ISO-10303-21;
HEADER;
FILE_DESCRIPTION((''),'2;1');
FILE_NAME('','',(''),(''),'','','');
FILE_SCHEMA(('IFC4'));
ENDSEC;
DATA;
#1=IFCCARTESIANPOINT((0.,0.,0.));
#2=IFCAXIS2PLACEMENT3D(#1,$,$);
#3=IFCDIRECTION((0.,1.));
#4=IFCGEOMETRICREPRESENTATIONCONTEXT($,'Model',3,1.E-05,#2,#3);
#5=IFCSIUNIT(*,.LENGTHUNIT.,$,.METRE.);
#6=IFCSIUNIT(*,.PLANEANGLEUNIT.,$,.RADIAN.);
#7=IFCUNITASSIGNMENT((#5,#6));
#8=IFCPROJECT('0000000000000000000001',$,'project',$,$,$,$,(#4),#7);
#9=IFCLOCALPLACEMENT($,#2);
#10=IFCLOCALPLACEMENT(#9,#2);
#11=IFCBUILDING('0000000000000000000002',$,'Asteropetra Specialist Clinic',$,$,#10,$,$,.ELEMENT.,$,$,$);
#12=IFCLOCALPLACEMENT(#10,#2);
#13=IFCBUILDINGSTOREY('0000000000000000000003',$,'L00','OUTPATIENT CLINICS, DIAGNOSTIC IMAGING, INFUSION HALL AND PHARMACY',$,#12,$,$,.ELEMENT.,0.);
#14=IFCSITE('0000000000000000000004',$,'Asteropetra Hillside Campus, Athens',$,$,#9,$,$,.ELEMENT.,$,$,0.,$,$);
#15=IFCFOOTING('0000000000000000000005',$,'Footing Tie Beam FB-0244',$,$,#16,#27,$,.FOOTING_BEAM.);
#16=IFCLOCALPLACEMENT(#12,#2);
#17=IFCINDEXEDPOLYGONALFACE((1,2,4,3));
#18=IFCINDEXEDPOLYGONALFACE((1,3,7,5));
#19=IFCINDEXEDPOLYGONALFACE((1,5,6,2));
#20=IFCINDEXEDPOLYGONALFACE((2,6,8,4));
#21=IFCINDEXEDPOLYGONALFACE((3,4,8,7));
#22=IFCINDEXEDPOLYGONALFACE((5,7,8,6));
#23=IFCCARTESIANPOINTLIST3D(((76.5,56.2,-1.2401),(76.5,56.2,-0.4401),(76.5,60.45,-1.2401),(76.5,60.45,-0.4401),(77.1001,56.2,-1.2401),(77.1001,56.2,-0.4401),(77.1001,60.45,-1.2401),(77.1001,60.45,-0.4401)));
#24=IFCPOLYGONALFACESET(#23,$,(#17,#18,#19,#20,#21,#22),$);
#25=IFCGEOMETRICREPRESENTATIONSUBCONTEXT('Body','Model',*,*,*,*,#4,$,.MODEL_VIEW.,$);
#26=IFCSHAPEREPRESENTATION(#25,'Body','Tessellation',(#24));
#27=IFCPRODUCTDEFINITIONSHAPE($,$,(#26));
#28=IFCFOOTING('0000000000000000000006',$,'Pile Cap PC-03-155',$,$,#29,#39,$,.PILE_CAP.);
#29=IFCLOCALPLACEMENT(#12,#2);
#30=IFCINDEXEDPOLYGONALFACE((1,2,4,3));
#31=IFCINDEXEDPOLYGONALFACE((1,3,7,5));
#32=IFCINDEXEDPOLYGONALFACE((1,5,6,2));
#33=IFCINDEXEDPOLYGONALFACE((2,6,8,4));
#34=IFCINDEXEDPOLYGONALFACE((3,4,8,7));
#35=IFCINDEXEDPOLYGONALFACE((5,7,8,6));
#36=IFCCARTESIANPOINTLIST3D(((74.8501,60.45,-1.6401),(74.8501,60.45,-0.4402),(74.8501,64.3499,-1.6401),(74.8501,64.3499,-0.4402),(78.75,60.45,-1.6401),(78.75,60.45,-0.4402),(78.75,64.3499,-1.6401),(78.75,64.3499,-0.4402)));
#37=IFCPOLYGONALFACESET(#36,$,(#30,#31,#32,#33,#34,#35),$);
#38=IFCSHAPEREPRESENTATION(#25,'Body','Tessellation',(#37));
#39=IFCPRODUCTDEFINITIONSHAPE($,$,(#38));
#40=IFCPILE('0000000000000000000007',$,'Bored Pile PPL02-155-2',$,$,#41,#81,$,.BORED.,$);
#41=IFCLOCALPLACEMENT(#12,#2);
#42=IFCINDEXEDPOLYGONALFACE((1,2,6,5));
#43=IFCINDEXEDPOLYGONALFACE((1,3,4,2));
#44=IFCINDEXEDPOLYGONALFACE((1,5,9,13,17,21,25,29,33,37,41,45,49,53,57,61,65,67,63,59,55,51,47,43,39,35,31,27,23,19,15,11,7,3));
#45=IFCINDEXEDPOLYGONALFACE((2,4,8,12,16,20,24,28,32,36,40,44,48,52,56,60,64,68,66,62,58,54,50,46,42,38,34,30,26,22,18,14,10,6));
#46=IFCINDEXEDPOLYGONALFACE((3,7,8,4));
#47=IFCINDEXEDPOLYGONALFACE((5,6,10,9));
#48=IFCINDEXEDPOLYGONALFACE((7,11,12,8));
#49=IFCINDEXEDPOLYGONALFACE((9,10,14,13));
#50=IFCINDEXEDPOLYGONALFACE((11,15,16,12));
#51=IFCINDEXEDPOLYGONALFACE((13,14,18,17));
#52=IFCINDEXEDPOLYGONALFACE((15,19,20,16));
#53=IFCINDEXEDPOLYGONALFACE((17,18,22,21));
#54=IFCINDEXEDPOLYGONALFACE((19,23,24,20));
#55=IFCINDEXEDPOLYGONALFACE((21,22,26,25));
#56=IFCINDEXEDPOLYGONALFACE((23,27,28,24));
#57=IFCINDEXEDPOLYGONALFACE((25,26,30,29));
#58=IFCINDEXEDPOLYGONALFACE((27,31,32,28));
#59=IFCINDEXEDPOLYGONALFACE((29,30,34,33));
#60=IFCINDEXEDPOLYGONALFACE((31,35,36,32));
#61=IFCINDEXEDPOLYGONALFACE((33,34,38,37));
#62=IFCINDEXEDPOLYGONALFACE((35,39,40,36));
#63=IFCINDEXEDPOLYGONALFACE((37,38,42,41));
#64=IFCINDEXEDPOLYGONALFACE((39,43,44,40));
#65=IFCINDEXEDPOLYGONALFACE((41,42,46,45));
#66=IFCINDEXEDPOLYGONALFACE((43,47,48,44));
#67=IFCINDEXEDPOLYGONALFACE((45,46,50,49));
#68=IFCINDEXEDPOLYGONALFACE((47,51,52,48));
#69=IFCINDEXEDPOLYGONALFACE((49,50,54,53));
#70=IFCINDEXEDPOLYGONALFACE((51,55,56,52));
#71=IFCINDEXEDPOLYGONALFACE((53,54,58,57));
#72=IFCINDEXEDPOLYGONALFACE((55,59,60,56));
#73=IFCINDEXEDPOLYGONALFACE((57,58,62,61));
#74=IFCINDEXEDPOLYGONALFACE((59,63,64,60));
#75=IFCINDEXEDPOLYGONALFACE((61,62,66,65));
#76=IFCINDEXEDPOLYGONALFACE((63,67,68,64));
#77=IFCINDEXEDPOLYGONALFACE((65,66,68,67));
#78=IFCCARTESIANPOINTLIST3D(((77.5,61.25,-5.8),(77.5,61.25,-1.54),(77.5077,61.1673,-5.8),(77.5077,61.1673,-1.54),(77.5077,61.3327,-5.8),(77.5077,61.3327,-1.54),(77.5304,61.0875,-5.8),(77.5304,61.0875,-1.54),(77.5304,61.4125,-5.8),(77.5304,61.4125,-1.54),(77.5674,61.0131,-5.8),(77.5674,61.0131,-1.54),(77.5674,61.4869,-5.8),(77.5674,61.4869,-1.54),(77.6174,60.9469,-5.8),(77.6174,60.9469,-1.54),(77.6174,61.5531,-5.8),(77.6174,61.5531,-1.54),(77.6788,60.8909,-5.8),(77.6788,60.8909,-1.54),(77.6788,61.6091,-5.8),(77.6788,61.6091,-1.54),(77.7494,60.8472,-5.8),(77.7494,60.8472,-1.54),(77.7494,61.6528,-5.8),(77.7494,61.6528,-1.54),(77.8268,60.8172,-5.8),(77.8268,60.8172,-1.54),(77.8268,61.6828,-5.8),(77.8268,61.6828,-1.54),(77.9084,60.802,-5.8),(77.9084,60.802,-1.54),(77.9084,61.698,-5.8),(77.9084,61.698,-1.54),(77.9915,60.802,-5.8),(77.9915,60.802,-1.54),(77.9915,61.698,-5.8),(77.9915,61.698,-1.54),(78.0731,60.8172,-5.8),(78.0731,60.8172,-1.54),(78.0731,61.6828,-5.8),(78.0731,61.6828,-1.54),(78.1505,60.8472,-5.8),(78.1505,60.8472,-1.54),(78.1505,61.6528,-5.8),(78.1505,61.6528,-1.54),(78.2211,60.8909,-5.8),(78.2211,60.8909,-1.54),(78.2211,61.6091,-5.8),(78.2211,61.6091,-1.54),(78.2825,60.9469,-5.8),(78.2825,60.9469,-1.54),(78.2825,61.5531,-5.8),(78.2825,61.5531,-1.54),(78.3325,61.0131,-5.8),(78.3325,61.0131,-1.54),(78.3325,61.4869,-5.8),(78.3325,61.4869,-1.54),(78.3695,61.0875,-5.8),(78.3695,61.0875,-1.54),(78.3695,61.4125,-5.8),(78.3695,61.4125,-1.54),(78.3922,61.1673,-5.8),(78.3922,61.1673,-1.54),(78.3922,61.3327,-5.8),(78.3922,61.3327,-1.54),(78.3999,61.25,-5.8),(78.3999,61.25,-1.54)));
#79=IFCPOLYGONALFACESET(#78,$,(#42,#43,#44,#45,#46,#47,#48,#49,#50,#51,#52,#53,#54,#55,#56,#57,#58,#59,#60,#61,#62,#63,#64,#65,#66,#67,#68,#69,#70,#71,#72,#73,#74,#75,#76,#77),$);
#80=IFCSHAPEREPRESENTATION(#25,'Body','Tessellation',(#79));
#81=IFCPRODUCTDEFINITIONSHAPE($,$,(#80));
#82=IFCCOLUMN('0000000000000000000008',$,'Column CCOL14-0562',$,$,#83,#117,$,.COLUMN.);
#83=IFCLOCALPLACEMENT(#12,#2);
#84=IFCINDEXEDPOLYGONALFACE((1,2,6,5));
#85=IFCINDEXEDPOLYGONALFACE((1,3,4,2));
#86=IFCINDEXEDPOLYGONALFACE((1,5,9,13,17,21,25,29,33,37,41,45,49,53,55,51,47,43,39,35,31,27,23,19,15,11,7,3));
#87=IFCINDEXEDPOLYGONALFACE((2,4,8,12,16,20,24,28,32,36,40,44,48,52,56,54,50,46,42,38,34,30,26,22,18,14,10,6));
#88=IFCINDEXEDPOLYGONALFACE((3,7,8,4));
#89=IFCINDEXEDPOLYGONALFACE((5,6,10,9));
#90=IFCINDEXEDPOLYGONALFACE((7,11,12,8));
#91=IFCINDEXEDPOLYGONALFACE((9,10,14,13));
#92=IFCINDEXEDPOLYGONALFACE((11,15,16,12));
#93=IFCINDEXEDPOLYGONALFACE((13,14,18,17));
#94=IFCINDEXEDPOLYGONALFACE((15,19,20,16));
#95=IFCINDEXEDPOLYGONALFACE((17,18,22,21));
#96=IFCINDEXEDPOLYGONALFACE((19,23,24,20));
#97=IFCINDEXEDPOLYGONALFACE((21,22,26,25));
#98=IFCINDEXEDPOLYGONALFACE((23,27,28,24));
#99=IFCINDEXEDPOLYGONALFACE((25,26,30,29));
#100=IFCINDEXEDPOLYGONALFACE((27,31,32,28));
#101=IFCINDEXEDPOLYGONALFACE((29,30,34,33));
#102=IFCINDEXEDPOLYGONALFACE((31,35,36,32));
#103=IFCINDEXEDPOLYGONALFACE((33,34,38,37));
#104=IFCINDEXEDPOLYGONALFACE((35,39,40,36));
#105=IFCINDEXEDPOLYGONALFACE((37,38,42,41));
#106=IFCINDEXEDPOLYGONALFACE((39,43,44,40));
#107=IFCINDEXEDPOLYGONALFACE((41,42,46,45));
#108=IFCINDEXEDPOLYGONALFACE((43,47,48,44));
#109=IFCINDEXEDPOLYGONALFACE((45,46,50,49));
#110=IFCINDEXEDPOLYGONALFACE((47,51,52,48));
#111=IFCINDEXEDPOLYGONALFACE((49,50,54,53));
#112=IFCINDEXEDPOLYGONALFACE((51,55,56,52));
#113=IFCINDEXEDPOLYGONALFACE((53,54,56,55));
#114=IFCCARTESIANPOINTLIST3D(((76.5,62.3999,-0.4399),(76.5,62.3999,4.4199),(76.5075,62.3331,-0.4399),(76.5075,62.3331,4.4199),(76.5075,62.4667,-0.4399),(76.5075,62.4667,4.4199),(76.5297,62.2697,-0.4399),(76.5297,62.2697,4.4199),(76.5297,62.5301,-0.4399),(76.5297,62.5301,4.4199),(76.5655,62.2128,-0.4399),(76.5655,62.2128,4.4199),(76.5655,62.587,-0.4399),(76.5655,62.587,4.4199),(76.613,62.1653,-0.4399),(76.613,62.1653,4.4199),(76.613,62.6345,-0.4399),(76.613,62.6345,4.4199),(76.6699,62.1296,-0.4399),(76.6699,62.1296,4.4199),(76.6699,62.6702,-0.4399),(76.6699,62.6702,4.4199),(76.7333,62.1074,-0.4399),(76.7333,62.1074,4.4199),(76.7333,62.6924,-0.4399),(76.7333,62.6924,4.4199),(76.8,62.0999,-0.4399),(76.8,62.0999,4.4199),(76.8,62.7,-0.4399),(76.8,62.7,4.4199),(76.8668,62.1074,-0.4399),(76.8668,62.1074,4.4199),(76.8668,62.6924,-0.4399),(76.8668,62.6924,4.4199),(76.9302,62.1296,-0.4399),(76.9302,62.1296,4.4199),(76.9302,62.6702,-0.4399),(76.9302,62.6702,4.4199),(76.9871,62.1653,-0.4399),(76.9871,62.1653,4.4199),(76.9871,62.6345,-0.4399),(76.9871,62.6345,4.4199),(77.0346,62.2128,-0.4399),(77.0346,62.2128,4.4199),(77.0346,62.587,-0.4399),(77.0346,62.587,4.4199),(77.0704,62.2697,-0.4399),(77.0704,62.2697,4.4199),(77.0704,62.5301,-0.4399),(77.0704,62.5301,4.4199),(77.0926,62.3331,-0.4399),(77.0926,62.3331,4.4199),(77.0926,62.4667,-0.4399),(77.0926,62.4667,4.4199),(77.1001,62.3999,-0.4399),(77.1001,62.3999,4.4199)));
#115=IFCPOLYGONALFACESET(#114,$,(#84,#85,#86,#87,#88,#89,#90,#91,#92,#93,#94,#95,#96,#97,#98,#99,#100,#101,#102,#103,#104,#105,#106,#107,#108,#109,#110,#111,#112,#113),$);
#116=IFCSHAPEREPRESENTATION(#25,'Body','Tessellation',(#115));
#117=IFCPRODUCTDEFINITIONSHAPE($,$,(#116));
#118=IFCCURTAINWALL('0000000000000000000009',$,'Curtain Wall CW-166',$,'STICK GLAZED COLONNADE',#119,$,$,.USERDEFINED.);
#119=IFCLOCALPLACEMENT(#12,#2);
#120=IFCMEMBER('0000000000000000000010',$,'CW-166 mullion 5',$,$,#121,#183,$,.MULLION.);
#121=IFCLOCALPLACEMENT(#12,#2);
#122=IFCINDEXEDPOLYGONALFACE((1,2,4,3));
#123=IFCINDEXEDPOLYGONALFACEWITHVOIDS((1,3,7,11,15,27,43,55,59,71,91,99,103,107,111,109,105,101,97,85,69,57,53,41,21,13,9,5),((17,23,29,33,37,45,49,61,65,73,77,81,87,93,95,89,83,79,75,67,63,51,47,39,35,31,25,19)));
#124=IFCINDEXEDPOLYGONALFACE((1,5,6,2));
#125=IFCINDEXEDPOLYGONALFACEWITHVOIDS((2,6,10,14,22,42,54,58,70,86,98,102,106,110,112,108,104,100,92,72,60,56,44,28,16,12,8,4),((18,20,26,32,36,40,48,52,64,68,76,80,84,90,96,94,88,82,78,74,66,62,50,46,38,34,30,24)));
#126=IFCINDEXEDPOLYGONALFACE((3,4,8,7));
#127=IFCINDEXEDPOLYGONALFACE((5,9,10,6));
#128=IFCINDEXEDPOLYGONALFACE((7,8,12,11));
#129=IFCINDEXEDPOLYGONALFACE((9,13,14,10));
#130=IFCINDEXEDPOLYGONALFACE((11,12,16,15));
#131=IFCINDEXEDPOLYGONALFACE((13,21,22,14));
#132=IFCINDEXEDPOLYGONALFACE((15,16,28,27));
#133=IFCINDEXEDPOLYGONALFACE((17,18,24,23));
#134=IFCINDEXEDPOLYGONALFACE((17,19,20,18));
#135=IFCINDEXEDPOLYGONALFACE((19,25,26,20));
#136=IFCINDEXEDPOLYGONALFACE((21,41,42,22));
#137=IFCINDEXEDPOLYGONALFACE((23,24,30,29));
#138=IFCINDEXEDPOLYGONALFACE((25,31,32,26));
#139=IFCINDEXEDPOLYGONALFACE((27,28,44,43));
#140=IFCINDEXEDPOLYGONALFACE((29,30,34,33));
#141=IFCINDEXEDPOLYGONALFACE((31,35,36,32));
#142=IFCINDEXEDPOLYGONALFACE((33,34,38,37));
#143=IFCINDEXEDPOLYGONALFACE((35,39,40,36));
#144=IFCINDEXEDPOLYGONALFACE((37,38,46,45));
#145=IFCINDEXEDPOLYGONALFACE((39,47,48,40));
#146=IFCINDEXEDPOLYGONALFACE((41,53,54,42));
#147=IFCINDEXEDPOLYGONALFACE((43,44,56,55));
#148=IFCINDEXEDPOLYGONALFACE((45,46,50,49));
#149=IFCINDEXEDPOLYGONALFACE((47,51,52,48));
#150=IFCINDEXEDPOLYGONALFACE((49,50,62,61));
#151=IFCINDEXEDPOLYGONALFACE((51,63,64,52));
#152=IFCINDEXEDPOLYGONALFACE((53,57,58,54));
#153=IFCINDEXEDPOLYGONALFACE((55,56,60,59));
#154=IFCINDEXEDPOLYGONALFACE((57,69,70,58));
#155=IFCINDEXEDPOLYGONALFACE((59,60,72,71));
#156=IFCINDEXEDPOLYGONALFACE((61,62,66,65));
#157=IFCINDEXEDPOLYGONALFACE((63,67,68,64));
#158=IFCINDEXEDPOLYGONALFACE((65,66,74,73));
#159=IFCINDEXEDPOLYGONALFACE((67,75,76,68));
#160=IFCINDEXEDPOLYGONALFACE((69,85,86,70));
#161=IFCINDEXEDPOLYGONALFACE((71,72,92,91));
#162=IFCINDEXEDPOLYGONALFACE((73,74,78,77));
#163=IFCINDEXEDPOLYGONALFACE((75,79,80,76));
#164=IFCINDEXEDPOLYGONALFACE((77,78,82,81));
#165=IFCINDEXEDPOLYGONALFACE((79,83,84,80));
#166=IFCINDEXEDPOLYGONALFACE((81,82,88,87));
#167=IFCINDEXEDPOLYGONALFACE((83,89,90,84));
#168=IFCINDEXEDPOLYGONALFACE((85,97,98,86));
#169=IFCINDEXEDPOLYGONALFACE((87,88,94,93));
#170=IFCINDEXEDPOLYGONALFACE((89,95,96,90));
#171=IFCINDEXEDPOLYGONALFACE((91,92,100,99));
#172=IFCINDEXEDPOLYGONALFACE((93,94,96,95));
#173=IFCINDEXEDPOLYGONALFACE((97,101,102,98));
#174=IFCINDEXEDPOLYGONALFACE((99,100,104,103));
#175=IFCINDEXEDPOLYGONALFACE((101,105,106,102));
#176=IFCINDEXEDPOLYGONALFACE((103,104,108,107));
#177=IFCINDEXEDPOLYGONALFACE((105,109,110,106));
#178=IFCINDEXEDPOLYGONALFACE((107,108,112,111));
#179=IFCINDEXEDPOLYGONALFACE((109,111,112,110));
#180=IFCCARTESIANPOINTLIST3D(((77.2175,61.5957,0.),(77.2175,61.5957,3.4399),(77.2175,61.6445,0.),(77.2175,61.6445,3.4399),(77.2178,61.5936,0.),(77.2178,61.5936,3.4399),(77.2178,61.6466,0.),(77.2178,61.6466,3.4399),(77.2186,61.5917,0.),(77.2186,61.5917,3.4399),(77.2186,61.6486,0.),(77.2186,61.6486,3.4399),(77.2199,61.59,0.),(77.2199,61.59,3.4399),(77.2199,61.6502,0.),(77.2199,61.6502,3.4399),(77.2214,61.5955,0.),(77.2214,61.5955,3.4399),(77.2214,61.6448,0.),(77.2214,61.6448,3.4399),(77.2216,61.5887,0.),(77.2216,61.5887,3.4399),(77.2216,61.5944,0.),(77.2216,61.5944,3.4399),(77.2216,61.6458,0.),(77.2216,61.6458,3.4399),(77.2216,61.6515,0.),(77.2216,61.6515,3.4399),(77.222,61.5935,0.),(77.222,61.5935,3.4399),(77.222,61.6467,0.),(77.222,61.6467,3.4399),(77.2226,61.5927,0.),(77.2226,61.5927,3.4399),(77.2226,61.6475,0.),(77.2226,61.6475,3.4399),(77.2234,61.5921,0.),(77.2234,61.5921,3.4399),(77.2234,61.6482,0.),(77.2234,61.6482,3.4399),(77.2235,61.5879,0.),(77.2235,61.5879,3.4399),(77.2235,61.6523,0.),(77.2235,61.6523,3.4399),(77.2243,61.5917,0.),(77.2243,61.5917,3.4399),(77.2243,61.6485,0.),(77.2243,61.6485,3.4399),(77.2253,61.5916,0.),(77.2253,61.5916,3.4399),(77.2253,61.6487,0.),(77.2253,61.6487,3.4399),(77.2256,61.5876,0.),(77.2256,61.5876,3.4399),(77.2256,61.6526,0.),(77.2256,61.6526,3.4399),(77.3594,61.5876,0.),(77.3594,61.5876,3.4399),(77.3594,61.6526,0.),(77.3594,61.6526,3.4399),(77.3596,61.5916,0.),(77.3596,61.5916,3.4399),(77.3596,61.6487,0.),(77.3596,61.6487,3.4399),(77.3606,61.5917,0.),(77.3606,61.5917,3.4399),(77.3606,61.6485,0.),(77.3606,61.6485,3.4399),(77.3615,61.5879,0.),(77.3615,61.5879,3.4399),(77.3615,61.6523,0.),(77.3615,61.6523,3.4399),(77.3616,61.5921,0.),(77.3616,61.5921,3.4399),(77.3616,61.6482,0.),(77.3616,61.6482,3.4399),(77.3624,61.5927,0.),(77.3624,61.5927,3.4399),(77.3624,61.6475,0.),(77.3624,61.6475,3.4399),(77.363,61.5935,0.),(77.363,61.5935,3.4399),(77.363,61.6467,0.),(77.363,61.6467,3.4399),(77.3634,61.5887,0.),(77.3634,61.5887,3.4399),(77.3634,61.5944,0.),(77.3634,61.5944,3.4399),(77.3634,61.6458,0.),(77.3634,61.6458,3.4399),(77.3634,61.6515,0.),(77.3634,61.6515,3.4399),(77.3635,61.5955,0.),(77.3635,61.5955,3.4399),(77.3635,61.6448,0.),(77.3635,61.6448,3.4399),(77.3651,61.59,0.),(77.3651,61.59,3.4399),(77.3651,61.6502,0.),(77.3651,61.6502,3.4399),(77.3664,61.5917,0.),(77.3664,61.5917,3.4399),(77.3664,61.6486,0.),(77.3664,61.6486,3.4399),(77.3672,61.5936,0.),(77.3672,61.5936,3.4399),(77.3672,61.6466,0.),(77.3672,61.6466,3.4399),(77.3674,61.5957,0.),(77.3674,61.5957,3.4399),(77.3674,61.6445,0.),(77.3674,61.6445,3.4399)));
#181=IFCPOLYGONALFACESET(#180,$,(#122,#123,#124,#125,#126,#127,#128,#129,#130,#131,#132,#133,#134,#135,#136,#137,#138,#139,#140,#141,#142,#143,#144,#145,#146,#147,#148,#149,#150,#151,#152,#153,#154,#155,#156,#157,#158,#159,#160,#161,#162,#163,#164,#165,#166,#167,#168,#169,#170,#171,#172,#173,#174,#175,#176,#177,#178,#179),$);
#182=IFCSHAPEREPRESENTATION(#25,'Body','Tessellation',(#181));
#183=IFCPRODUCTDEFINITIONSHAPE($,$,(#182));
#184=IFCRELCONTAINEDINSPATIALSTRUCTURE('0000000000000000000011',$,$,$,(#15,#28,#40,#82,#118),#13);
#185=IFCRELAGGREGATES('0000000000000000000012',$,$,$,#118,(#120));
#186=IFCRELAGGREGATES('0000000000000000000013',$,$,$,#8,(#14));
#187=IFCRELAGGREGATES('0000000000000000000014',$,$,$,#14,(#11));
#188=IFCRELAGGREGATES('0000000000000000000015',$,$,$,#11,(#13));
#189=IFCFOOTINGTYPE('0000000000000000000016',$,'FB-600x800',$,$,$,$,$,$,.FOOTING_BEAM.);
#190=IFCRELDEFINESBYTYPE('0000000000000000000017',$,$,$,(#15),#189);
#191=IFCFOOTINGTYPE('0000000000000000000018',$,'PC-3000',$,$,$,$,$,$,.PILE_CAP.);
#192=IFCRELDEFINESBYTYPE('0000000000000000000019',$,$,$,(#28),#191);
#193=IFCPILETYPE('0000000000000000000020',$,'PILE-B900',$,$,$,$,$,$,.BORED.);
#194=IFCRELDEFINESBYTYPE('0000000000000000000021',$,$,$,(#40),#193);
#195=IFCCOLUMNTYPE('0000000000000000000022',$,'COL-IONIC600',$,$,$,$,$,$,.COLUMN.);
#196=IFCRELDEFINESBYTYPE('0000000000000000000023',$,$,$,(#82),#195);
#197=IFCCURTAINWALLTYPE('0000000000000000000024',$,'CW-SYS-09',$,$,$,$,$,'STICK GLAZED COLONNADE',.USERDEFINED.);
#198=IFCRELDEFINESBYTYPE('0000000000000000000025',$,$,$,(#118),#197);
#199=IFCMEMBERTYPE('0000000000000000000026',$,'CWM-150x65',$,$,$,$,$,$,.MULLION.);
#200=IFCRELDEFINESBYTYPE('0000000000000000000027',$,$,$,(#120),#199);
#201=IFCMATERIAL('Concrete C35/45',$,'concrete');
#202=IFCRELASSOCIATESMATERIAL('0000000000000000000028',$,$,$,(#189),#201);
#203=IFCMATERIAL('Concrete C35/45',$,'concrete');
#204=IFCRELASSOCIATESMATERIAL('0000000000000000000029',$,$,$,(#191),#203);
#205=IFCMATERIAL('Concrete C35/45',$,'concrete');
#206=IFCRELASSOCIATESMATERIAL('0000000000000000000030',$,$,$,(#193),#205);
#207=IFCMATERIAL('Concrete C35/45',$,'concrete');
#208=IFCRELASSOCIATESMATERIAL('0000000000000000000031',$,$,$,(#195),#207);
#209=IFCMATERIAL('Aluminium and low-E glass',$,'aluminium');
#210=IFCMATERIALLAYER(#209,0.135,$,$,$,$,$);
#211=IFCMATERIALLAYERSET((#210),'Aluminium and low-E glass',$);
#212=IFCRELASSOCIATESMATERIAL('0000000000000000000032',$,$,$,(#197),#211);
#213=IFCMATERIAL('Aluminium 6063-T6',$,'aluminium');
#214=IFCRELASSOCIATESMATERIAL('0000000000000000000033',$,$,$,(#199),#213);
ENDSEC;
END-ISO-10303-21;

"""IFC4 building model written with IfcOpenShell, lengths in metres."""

from ifc_helpers import new_model, si_unit, direction, frame, origin, origin_2d, place, context, subcontext, project, spatial, rectangle, hollow_rectangle, circle, extrude, material, layer, layer_set, material_profile, profile_set, type_object, element, aggregate, save


model = new_model("IFC4")

# Units and contexts
model_context = context("Model", 3, precision=1e-05, world=origin(), true_north=direction((0.0, 1.0)))
body_context = subcontext(model_context, "Body", "Model", "MODEL_VIEW")
ifc_project = project(units=[si_unit("LENGTHUNIT", "METRE"), si_unit("PLANEANGLEUNIT", "RADIAN")], contexts=[model_context])

# Site, building, storey
site_placement = place(None, origin())
site = spatial("IfcSite", under=ifc_project, at=site_placement, Name="Asteropetra Hillside Campus, Athens", CompositionType="ELEMENT", RefElevation=0.0)
building_placement = place(site_placement, origin())
building = spatial("IfcBuilding", under=site, at=building_placement, Name="Asteropetra Specialist Clinic", CompositionType="ELEMENT")
storey_placement = place(building_placement, origin())
storey = spatial("IfcBuildingStorey", under=building, at=storey_placement, Name="L00", Description="OUTPATIENT CLINICS, DIAGNOSTIC IMAGING, INFUSION HALL AND PHARMACY", CompositionType="ELEMENT", Elevation=0.0)

# Footings
ifc_material_1 = material(Name="Concrete C35/45", Category="concrete")
ifc_material_profile_1 = material_profile(ifc_material_1, rectangle(XDim=0.6001, YDim=0.8, at=origin_2d()), Name="FB 600x800")
ifc_profile_set_1 = profile_set([ifc_material_profile_1], Name="Concrete C35/45")
footing_type_1 = type_object("IfcFootingType", Name="FB-600x800", PredefinedType="FOOTING_BEAM", material=ifc_profile_set_1)
footing_1_placement = place(storey_placement, frame((76.8, 56.2, -0.8401), z_axis=(0.0, 1.0, 0.0), x_axis=(-1.0, 0.0, 0.0)))
element("IfcFooting", 1, at=footing_1_placement, inside=storey, type_object=footing_type_1, Name="Footing Tie Beam FB-0244", PredefinedType="FOOTING_BEAM", context=body_context, shape_type="SweptSolid", body=[
    extrude(rectangle(XDim=0.6001, YDim=0.8, at=origin_2d()), origin(), (0.0, 0.0, 1.0), 4.25),
])
ifc_material_2 = material(Name="Concrete C35/45", Category="concrete")
footing_type_2 = type_object("IfcFootingType", Name="PC-3000", PredefinedType="PILE_CAP", material=ifc_material_2)
footing_2_placement = place(storey_placement, frame((76.8, 62.3999, -1.6401), z_axis=(0.0, 0.0, 1.0), x_axis=(1.0, 0.0, 0.0)))
element("IfcFooting", 2, at=footing_2_placement, inside=storey, type_object=footing_type_2, Name="Pile Cap PC-03-155", PredefinedType="PILE_CAP", context=body_context, shape_type="SweptSolid", body=[
    extrude(rectangle(XDim=3.8999, YDim=3.8999, at=origin_2d()), origin(), (0.0, 0.0, 1.0), 1.2),
])

# Pile
ifc_material_3 = material(Name="Concrete C35/45", Category="concrete")
ifc_material_profile_2 = material_profile(ifc_material_3, circle(Radius=0.45, at=origin_2d()), Name="PILE D900")
ifc_profile_set_2 = profile_set([ifc_material_profile_2], Name="Concrete C35/45")
pile_type = type_object("IfcPileType", Name="PILE-B900", PredefinedType="BORED", material=ifc_profile_set_2)
pile_placement = place(storey_placement, frame((77.95, 61.25, -1.54), z_axis=(0.0, 0.0, -1.0), x_axis=(1.0, 0.0, 0.0)))
element("IfcPile", 3, at=pile_placement, inside=storey, type_object=pile_type, Name="Bored Pile PPL02-155-2", PredefinedType="BORED", context=body_context, shape_type="SweptSolid", body=[
    extrude(circle(Radius=0.45, at=origin_2d()), origin(), (0.0, 0.0, 1.0), 4.26),
])

# Column
ifc_material_4 = material(Name="Concrete C35/45", Category="concrete")
ifc_material_profile_3 = material_profile(ifc_material_4, circle(Radius=0.3, at=origin_2d()), Name="RCC D600")
ifc_profile_set_3 = profile_set([ifc_material_profile_3], Name="Concrete C35/45")
column_type = type_object("IfcColumnType", Name="COL-IONIC600", PredefinedType="COLUMN", material=ifc_profile_set_3)
column_placement = place(storey_placement, frame((76.8, 62.3999, -0.4399), z_axis=(0.0, 0.0, 1.0), x_axis=(1.0, 0.0, 0.0)))
element("IfcColumn", 4, at=column_placement, inside=storey, type_object=column_type, Name="Column CCOL14-0562", PredefinedType="COLUMN", context=body_context, shape_type="SweptSolid", body=[
    extrude(circle(Radius=0.3, at=origin_2d()), origin(), (0.0, 0.0, 1.0), 4.8599),
])

# Curtain wall, member
ifc_material_5 = material(Name="Aluminium and low-E glass", Category="aluminium")
ifc_layer_1 = layer(ifc_material_5, 0.135)
ifc_layer_set_1 = layer_set([ifc_layer_1], Name="Aluminium and low-E glass")
curtain_wall_type_1 = type_object("IfcCurtainWallType", Name="CW-SYS-09", ElementType="STICK GLAZED COLONNADE", PredefinedType="USERDEFINED", material=ifc_layer_set_1)
curtain_wall_1_placement = place(storey_placement, origin())
curtain_wall_1 = element("IfcCurtainWall", 5, at=curtain_wall_1_placement, inside=storey, type_object=curtain_wall_type_1, Name="Curtain Wall CW-166", ObjectType="STICK GLAZED COLONNADE", PredefinedType="USERDEFINED")
ifc_material_6 = material(Name="Aluminium 6063-T6", Category="aluminium")
ifc_material_profile_4 = material_profile(ifc_material_6, hollow_rectangle(XDim=0.0649, YDim=0.1499, WallThickness=0.0039, InnerFilletRadius=0.0039, OuterFilletRadius=0.0081, at=origin_2d()), Name="MUL 150x65x4.0")
ifc_profile_set_4 = profile_set([ifc_material_profile_4], Name="Aluminium 6063-T6")
member_type_1 = type_object("IfcMemberType", Name="CWM-150x65", PredefinedType="MULLION", material=ifc_profile_set_4)
member_1_placement = place(storey_placement, frame((77.2925, 61.6201, 0.0), z_axis=(0.0, 0.0, 1.0), x_axis=(0.0, -1.0, 0.0)))
member_1 = element("IfcMember", 6, at=member_1_placement, type_object=member_type_1, Name="CW-166 mullion 5", PredefinedType="MULLION", context=body_context, shape_type="SweptSolid", body=[
    extrude(hollow_rectangle(XDim=0.0649, YDim=0.1499, WallThickness=0.0039, InnerFilletRadius=0.0039, OuterFilletRadius=0.0081, at=origin_2d()), origin(), (0.0, 0.0, 1.0), 3.4399),
])

aggregate(curtain_wall_1, [member_1])

save(model, "model.ifc")
